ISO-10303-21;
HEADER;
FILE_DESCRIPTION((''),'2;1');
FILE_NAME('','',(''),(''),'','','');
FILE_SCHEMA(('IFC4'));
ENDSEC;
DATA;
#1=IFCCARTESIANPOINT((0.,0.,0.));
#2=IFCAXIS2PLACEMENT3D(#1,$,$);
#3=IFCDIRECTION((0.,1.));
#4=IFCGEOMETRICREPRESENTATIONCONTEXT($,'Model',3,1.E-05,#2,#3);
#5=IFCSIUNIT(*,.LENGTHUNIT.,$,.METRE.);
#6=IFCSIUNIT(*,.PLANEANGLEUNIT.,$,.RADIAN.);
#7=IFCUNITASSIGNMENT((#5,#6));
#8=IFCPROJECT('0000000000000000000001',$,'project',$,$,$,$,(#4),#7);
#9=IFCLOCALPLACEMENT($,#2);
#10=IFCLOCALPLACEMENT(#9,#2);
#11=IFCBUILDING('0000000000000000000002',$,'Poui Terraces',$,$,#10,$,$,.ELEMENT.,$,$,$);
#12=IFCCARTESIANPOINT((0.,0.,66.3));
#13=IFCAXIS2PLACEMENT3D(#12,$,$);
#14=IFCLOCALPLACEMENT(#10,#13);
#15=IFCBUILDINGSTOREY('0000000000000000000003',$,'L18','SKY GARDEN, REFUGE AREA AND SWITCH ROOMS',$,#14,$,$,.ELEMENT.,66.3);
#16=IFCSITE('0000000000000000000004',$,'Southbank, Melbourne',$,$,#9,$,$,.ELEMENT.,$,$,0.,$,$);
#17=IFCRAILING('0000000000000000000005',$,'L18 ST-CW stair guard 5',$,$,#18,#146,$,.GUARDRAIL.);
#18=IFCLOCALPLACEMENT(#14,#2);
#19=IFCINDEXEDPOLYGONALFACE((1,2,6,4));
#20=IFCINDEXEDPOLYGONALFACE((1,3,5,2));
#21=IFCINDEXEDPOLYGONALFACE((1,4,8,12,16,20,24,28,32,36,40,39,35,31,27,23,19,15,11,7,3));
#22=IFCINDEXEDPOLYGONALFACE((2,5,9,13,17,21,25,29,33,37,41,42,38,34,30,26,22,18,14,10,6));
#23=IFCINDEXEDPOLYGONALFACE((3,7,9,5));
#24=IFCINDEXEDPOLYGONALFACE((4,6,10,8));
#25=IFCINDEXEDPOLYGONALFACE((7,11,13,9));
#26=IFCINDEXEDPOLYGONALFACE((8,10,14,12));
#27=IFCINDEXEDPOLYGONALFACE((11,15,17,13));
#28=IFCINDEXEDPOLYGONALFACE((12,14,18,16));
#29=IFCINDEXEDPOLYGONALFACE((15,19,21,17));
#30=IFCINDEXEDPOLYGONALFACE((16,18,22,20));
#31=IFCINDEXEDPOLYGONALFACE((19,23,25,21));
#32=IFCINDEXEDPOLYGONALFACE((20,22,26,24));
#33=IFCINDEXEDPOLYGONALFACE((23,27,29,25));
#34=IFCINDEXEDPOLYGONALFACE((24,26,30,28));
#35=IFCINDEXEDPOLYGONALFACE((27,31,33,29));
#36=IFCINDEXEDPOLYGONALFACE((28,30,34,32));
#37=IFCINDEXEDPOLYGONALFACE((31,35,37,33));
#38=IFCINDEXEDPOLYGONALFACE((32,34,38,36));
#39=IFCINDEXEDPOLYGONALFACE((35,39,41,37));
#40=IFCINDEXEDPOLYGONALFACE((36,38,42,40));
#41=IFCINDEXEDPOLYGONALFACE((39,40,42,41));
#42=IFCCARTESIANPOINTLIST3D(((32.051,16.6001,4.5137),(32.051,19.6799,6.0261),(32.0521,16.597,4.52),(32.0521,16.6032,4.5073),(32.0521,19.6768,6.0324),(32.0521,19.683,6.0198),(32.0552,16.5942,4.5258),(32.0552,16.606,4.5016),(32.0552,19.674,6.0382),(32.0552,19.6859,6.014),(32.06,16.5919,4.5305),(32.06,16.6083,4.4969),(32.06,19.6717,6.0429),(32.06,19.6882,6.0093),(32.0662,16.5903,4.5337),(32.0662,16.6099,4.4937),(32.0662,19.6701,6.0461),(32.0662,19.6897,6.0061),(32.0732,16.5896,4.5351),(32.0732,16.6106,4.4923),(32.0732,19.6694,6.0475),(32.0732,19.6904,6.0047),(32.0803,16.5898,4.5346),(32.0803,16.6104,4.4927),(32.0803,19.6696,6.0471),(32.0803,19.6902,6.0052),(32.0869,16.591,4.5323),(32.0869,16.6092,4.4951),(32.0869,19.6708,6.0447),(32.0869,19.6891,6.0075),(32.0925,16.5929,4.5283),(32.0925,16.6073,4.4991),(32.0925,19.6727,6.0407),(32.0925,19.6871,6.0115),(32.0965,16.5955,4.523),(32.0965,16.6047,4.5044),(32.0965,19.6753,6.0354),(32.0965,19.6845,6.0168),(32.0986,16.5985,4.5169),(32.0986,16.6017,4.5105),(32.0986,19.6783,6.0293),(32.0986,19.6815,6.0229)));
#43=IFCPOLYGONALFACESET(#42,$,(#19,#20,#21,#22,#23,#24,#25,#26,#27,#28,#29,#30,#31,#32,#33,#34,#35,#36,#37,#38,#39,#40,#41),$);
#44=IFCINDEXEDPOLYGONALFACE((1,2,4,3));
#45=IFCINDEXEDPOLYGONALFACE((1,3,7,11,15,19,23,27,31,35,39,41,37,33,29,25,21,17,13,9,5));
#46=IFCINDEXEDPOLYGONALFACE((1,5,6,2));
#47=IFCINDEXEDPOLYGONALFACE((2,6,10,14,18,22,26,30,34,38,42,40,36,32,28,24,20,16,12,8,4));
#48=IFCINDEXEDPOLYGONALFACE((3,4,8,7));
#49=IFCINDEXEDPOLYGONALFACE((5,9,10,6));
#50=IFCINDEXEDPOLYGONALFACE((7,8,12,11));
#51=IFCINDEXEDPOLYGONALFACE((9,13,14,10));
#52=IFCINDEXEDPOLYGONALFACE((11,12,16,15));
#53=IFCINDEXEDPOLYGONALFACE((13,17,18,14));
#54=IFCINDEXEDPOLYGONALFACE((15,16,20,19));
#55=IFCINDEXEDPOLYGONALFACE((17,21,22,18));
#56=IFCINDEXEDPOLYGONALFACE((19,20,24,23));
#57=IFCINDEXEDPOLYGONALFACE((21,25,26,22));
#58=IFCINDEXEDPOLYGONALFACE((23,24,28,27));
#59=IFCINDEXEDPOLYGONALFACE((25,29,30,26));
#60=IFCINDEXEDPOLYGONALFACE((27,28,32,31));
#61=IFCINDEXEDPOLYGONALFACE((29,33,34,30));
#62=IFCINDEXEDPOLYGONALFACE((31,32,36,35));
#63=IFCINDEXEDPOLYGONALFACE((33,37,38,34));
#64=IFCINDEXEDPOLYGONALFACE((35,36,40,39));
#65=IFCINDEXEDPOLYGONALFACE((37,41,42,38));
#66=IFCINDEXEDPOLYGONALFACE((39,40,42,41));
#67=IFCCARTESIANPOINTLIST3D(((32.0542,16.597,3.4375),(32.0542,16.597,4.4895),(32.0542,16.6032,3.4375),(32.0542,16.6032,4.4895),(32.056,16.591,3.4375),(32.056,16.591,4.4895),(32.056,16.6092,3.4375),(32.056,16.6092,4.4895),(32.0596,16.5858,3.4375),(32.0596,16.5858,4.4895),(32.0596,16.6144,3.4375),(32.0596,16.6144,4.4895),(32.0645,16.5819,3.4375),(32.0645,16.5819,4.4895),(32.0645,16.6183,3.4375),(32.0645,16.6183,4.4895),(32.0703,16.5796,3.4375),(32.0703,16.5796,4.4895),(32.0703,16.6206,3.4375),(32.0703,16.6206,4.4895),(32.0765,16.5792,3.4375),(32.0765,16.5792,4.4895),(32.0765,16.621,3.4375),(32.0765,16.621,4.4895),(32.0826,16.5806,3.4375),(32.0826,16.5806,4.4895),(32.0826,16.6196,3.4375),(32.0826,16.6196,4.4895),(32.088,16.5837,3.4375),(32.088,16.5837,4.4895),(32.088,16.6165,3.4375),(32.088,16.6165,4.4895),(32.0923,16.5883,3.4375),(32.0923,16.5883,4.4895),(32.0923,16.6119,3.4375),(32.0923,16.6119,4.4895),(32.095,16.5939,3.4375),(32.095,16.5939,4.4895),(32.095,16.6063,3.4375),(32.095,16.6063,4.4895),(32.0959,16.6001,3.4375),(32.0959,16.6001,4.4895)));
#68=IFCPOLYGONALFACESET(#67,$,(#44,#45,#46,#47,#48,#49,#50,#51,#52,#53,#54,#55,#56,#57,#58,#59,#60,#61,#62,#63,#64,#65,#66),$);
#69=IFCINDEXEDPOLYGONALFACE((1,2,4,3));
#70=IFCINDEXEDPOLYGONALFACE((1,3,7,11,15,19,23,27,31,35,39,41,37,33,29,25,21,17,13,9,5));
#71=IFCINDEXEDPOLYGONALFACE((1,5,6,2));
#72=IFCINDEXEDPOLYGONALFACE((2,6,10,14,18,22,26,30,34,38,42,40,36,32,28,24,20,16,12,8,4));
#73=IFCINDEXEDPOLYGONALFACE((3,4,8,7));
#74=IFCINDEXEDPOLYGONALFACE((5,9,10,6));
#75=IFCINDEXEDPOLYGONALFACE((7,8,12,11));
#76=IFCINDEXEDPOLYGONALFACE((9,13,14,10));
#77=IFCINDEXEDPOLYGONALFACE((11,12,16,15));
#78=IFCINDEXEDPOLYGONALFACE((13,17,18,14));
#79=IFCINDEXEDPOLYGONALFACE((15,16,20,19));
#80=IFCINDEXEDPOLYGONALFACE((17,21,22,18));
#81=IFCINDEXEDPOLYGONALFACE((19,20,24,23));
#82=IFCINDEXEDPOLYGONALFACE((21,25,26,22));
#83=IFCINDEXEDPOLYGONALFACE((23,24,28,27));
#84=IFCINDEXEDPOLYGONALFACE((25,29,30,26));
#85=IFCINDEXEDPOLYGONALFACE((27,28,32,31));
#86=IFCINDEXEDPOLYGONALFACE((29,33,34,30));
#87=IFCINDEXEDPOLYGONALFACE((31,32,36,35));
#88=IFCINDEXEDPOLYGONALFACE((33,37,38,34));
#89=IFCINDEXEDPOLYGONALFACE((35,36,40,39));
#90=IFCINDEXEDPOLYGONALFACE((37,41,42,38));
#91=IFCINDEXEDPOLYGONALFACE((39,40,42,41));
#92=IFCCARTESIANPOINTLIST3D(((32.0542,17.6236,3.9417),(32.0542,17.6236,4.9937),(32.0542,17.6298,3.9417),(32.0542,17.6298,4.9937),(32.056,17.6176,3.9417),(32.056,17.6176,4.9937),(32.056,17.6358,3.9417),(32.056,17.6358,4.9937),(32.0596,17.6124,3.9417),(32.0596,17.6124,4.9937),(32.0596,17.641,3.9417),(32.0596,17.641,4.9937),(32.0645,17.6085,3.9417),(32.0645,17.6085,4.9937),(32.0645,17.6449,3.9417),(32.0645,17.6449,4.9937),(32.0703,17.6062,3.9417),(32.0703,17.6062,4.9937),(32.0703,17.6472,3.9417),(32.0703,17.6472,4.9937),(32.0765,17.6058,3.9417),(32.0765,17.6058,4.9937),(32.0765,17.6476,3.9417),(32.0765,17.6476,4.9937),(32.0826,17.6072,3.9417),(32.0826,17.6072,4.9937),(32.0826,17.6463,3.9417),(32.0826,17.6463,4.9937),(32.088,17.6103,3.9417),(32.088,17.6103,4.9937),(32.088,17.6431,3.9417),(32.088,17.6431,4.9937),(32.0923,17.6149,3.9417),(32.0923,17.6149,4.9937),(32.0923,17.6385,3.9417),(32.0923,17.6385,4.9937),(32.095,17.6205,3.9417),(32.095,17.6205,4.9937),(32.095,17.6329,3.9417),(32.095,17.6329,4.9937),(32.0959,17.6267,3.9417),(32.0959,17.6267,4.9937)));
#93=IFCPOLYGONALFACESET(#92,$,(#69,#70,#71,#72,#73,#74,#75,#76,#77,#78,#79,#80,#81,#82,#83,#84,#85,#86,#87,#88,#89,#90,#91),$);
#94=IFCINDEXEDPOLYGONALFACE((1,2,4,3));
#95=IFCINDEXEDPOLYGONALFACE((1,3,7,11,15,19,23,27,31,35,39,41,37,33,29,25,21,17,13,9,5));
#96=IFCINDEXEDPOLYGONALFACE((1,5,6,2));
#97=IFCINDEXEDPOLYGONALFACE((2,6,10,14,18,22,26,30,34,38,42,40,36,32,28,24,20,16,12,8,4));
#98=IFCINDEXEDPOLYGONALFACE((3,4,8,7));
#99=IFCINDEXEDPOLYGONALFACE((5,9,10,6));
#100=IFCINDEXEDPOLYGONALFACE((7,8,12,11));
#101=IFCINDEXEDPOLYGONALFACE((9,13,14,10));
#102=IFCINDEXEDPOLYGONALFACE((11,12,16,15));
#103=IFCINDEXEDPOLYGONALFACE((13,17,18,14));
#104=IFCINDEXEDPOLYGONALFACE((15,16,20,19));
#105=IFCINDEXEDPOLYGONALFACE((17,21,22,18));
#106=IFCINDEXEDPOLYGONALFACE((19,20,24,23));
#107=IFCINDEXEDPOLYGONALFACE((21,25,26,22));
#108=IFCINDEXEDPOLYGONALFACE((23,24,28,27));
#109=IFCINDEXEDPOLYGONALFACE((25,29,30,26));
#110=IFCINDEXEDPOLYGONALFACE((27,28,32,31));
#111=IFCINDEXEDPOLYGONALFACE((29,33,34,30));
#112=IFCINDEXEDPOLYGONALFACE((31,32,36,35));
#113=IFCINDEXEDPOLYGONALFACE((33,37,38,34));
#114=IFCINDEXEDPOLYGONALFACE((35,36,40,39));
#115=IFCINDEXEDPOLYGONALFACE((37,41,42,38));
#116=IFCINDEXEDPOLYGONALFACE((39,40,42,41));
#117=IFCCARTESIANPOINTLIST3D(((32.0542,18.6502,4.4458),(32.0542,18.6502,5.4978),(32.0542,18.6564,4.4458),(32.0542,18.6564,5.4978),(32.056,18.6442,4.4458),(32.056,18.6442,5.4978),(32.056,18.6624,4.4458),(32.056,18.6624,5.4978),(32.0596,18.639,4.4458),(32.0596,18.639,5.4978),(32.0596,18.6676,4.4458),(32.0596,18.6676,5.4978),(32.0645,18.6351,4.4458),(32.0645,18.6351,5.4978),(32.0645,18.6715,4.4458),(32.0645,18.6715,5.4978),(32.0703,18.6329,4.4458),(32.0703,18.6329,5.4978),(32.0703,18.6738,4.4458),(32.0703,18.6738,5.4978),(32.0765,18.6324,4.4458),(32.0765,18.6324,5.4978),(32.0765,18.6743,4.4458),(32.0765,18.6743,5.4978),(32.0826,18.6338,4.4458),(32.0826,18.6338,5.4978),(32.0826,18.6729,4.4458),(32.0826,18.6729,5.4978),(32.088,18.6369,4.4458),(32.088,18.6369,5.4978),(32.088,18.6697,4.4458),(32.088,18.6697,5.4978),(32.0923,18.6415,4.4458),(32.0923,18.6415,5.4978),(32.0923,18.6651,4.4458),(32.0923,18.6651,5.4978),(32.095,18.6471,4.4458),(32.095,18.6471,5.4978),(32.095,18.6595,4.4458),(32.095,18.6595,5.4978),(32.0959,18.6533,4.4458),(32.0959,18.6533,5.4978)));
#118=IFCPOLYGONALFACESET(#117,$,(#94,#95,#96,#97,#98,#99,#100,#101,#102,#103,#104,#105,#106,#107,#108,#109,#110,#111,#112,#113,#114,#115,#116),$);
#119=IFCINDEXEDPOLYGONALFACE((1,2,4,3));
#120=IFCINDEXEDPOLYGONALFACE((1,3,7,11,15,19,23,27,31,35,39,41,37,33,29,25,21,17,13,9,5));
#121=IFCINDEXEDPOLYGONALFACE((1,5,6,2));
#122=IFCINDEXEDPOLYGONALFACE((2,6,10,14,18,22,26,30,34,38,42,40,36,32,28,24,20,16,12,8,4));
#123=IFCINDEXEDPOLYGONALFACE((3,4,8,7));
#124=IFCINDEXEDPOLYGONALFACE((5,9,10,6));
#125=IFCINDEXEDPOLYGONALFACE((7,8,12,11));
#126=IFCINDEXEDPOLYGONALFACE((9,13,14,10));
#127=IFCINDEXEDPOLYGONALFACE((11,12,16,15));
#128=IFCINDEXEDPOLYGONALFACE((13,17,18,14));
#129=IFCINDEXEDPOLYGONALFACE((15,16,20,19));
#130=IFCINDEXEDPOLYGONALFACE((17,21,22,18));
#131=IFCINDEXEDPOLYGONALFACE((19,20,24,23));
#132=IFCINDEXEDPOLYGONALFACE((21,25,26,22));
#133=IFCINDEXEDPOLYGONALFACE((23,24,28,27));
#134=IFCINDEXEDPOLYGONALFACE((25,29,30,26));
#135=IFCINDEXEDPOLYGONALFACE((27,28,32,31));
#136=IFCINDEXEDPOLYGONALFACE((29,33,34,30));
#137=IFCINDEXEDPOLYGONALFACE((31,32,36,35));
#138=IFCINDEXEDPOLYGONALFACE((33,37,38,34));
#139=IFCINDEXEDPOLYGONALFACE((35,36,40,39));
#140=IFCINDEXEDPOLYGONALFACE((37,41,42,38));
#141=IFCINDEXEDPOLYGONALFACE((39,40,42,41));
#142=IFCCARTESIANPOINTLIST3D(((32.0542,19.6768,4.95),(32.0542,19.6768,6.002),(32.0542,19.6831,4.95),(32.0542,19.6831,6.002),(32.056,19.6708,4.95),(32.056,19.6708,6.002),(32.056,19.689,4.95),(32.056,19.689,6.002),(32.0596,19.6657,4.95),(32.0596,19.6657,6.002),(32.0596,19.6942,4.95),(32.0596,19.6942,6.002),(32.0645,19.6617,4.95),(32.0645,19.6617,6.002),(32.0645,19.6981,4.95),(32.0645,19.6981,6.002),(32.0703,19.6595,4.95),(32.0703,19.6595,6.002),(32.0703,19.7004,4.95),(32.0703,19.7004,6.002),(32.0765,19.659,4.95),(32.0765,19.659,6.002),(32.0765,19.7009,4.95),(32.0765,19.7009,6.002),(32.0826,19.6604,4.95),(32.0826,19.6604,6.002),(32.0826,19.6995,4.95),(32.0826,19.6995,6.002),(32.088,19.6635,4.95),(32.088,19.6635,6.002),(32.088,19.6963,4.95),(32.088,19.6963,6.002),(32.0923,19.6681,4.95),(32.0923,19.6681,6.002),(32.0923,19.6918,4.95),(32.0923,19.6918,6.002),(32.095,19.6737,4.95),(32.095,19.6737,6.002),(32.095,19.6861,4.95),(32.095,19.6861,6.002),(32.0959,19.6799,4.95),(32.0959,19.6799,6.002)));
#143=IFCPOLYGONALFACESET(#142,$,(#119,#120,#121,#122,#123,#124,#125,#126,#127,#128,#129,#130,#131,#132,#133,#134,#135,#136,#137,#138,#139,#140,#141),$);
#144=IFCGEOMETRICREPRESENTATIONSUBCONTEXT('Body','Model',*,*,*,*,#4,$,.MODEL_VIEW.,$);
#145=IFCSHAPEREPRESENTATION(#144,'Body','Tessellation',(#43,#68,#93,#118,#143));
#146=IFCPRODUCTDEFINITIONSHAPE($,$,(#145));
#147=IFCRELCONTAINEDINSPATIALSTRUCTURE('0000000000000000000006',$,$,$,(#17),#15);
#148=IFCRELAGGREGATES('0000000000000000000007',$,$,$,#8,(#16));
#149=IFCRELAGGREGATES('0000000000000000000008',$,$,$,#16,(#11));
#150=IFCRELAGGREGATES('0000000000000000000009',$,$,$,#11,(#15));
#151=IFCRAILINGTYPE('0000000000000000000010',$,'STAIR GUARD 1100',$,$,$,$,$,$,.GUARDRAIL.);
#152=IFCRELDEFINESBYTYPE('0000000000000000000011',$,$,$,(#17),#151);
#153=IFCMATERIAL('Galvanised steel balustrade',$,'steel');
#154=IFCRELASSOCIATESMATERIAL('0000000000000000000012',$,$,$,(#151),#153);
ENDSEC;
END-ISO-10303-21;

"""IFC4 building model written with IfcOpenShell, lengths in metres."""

from ifc_helpers import new_model, si_unit, direction, frame, origin, origin_2d, place, context, subcontext, project, spatial, circle, extrude, material, type_object, element, save


model = new_model("IFC4")

# Units and contexts
model_context = context("Model", 3, precision=1e-05, world=origin(), true_north=direction((0.0, 1.0)))
body_context = subcontext(model_context, "Body", "Model", "MODEL_VIEW")
ifc_project = project(units=[si_unit("LENGTHUNIT", "METRE"), si_unit("PLANEANGLEUNIT", "RADIAN")], contexts=[model_context])

# Site, building, storey
site_placement = place(None, origin())
site = spatial("IfcSite", under=ifc_project, at=site_placement, Name="Southbank, Melbourne", CompositionType="ELEMENT", RefElevation=0.0)
building_placement = place(site_placement, origin())
building = spatial("IfcBuilding", under=site, at=building_placement, Name="Poui Terraces", CompositionType="ELEMENT")
storey_placement = place(building_placement, frame((0.0, 0.0, 66.3)))
storey = spatial("IfcBuildingStorey", under=building, at=storey_placement, Name="L18", Description="SKY GARDEN, REFUGE AREA AND SWITCH ROOMS", CompositionType="ELEMENT", Elevation=66.3)

# Railing
ifc_material_1 = material(Name="Galvanised steel balustrade", Category="steel")
railing_type_1 = type_object("IfcRailingType", Name="STAIR GUARD 1100", PredefinedType="GUARDRAIL", material=ifc_material_1)
railing_1_placement = place(storey_placement, frame((32.075, 16.6001, 3.4375)))
element("IfcRailing", 1, at=railing_1_placement, inside=storey, type_object=railing_type_1, Name="L18 ST-CW stair guard 5", PredefinedType="GUARDRAIL", context=body_context, shape_type="SweptSolid", body=[
    extrude(circle(Radius=0.0239, at=origin_2d()), frame((0.0, 0.0, 1.0762), z_axis=(0.0, 0.897606, 0.440798), x_axis=(-1.0, 0.0, 0.0)), (0.0, 0.0, 1.0), 3.4312),
    extrude(circle(Radius=0.021, at=origin_2d()), origin(), (0.0, 0.0, 1.0), 1.052),
    extrude(circle(Radius=0.021, at=origin_2d()), frame((0.0, 1.0266, 0.5042)), (0.0, 0.0, 1.0), 1.052),
    extrude(circle(Radius=0.021, at=origin_2d()), frame((0.0, 2.0532, 1.0083)), (0.0, 0.0, 1.0), 1.052),
    extrude(circle(Radius=0.021, at=origin_2d()), frame((0.0, 3.0798, 1.5125)), (0.0, 0.0, 1.0), 1.052),
])

save(model, "model.ifc")
